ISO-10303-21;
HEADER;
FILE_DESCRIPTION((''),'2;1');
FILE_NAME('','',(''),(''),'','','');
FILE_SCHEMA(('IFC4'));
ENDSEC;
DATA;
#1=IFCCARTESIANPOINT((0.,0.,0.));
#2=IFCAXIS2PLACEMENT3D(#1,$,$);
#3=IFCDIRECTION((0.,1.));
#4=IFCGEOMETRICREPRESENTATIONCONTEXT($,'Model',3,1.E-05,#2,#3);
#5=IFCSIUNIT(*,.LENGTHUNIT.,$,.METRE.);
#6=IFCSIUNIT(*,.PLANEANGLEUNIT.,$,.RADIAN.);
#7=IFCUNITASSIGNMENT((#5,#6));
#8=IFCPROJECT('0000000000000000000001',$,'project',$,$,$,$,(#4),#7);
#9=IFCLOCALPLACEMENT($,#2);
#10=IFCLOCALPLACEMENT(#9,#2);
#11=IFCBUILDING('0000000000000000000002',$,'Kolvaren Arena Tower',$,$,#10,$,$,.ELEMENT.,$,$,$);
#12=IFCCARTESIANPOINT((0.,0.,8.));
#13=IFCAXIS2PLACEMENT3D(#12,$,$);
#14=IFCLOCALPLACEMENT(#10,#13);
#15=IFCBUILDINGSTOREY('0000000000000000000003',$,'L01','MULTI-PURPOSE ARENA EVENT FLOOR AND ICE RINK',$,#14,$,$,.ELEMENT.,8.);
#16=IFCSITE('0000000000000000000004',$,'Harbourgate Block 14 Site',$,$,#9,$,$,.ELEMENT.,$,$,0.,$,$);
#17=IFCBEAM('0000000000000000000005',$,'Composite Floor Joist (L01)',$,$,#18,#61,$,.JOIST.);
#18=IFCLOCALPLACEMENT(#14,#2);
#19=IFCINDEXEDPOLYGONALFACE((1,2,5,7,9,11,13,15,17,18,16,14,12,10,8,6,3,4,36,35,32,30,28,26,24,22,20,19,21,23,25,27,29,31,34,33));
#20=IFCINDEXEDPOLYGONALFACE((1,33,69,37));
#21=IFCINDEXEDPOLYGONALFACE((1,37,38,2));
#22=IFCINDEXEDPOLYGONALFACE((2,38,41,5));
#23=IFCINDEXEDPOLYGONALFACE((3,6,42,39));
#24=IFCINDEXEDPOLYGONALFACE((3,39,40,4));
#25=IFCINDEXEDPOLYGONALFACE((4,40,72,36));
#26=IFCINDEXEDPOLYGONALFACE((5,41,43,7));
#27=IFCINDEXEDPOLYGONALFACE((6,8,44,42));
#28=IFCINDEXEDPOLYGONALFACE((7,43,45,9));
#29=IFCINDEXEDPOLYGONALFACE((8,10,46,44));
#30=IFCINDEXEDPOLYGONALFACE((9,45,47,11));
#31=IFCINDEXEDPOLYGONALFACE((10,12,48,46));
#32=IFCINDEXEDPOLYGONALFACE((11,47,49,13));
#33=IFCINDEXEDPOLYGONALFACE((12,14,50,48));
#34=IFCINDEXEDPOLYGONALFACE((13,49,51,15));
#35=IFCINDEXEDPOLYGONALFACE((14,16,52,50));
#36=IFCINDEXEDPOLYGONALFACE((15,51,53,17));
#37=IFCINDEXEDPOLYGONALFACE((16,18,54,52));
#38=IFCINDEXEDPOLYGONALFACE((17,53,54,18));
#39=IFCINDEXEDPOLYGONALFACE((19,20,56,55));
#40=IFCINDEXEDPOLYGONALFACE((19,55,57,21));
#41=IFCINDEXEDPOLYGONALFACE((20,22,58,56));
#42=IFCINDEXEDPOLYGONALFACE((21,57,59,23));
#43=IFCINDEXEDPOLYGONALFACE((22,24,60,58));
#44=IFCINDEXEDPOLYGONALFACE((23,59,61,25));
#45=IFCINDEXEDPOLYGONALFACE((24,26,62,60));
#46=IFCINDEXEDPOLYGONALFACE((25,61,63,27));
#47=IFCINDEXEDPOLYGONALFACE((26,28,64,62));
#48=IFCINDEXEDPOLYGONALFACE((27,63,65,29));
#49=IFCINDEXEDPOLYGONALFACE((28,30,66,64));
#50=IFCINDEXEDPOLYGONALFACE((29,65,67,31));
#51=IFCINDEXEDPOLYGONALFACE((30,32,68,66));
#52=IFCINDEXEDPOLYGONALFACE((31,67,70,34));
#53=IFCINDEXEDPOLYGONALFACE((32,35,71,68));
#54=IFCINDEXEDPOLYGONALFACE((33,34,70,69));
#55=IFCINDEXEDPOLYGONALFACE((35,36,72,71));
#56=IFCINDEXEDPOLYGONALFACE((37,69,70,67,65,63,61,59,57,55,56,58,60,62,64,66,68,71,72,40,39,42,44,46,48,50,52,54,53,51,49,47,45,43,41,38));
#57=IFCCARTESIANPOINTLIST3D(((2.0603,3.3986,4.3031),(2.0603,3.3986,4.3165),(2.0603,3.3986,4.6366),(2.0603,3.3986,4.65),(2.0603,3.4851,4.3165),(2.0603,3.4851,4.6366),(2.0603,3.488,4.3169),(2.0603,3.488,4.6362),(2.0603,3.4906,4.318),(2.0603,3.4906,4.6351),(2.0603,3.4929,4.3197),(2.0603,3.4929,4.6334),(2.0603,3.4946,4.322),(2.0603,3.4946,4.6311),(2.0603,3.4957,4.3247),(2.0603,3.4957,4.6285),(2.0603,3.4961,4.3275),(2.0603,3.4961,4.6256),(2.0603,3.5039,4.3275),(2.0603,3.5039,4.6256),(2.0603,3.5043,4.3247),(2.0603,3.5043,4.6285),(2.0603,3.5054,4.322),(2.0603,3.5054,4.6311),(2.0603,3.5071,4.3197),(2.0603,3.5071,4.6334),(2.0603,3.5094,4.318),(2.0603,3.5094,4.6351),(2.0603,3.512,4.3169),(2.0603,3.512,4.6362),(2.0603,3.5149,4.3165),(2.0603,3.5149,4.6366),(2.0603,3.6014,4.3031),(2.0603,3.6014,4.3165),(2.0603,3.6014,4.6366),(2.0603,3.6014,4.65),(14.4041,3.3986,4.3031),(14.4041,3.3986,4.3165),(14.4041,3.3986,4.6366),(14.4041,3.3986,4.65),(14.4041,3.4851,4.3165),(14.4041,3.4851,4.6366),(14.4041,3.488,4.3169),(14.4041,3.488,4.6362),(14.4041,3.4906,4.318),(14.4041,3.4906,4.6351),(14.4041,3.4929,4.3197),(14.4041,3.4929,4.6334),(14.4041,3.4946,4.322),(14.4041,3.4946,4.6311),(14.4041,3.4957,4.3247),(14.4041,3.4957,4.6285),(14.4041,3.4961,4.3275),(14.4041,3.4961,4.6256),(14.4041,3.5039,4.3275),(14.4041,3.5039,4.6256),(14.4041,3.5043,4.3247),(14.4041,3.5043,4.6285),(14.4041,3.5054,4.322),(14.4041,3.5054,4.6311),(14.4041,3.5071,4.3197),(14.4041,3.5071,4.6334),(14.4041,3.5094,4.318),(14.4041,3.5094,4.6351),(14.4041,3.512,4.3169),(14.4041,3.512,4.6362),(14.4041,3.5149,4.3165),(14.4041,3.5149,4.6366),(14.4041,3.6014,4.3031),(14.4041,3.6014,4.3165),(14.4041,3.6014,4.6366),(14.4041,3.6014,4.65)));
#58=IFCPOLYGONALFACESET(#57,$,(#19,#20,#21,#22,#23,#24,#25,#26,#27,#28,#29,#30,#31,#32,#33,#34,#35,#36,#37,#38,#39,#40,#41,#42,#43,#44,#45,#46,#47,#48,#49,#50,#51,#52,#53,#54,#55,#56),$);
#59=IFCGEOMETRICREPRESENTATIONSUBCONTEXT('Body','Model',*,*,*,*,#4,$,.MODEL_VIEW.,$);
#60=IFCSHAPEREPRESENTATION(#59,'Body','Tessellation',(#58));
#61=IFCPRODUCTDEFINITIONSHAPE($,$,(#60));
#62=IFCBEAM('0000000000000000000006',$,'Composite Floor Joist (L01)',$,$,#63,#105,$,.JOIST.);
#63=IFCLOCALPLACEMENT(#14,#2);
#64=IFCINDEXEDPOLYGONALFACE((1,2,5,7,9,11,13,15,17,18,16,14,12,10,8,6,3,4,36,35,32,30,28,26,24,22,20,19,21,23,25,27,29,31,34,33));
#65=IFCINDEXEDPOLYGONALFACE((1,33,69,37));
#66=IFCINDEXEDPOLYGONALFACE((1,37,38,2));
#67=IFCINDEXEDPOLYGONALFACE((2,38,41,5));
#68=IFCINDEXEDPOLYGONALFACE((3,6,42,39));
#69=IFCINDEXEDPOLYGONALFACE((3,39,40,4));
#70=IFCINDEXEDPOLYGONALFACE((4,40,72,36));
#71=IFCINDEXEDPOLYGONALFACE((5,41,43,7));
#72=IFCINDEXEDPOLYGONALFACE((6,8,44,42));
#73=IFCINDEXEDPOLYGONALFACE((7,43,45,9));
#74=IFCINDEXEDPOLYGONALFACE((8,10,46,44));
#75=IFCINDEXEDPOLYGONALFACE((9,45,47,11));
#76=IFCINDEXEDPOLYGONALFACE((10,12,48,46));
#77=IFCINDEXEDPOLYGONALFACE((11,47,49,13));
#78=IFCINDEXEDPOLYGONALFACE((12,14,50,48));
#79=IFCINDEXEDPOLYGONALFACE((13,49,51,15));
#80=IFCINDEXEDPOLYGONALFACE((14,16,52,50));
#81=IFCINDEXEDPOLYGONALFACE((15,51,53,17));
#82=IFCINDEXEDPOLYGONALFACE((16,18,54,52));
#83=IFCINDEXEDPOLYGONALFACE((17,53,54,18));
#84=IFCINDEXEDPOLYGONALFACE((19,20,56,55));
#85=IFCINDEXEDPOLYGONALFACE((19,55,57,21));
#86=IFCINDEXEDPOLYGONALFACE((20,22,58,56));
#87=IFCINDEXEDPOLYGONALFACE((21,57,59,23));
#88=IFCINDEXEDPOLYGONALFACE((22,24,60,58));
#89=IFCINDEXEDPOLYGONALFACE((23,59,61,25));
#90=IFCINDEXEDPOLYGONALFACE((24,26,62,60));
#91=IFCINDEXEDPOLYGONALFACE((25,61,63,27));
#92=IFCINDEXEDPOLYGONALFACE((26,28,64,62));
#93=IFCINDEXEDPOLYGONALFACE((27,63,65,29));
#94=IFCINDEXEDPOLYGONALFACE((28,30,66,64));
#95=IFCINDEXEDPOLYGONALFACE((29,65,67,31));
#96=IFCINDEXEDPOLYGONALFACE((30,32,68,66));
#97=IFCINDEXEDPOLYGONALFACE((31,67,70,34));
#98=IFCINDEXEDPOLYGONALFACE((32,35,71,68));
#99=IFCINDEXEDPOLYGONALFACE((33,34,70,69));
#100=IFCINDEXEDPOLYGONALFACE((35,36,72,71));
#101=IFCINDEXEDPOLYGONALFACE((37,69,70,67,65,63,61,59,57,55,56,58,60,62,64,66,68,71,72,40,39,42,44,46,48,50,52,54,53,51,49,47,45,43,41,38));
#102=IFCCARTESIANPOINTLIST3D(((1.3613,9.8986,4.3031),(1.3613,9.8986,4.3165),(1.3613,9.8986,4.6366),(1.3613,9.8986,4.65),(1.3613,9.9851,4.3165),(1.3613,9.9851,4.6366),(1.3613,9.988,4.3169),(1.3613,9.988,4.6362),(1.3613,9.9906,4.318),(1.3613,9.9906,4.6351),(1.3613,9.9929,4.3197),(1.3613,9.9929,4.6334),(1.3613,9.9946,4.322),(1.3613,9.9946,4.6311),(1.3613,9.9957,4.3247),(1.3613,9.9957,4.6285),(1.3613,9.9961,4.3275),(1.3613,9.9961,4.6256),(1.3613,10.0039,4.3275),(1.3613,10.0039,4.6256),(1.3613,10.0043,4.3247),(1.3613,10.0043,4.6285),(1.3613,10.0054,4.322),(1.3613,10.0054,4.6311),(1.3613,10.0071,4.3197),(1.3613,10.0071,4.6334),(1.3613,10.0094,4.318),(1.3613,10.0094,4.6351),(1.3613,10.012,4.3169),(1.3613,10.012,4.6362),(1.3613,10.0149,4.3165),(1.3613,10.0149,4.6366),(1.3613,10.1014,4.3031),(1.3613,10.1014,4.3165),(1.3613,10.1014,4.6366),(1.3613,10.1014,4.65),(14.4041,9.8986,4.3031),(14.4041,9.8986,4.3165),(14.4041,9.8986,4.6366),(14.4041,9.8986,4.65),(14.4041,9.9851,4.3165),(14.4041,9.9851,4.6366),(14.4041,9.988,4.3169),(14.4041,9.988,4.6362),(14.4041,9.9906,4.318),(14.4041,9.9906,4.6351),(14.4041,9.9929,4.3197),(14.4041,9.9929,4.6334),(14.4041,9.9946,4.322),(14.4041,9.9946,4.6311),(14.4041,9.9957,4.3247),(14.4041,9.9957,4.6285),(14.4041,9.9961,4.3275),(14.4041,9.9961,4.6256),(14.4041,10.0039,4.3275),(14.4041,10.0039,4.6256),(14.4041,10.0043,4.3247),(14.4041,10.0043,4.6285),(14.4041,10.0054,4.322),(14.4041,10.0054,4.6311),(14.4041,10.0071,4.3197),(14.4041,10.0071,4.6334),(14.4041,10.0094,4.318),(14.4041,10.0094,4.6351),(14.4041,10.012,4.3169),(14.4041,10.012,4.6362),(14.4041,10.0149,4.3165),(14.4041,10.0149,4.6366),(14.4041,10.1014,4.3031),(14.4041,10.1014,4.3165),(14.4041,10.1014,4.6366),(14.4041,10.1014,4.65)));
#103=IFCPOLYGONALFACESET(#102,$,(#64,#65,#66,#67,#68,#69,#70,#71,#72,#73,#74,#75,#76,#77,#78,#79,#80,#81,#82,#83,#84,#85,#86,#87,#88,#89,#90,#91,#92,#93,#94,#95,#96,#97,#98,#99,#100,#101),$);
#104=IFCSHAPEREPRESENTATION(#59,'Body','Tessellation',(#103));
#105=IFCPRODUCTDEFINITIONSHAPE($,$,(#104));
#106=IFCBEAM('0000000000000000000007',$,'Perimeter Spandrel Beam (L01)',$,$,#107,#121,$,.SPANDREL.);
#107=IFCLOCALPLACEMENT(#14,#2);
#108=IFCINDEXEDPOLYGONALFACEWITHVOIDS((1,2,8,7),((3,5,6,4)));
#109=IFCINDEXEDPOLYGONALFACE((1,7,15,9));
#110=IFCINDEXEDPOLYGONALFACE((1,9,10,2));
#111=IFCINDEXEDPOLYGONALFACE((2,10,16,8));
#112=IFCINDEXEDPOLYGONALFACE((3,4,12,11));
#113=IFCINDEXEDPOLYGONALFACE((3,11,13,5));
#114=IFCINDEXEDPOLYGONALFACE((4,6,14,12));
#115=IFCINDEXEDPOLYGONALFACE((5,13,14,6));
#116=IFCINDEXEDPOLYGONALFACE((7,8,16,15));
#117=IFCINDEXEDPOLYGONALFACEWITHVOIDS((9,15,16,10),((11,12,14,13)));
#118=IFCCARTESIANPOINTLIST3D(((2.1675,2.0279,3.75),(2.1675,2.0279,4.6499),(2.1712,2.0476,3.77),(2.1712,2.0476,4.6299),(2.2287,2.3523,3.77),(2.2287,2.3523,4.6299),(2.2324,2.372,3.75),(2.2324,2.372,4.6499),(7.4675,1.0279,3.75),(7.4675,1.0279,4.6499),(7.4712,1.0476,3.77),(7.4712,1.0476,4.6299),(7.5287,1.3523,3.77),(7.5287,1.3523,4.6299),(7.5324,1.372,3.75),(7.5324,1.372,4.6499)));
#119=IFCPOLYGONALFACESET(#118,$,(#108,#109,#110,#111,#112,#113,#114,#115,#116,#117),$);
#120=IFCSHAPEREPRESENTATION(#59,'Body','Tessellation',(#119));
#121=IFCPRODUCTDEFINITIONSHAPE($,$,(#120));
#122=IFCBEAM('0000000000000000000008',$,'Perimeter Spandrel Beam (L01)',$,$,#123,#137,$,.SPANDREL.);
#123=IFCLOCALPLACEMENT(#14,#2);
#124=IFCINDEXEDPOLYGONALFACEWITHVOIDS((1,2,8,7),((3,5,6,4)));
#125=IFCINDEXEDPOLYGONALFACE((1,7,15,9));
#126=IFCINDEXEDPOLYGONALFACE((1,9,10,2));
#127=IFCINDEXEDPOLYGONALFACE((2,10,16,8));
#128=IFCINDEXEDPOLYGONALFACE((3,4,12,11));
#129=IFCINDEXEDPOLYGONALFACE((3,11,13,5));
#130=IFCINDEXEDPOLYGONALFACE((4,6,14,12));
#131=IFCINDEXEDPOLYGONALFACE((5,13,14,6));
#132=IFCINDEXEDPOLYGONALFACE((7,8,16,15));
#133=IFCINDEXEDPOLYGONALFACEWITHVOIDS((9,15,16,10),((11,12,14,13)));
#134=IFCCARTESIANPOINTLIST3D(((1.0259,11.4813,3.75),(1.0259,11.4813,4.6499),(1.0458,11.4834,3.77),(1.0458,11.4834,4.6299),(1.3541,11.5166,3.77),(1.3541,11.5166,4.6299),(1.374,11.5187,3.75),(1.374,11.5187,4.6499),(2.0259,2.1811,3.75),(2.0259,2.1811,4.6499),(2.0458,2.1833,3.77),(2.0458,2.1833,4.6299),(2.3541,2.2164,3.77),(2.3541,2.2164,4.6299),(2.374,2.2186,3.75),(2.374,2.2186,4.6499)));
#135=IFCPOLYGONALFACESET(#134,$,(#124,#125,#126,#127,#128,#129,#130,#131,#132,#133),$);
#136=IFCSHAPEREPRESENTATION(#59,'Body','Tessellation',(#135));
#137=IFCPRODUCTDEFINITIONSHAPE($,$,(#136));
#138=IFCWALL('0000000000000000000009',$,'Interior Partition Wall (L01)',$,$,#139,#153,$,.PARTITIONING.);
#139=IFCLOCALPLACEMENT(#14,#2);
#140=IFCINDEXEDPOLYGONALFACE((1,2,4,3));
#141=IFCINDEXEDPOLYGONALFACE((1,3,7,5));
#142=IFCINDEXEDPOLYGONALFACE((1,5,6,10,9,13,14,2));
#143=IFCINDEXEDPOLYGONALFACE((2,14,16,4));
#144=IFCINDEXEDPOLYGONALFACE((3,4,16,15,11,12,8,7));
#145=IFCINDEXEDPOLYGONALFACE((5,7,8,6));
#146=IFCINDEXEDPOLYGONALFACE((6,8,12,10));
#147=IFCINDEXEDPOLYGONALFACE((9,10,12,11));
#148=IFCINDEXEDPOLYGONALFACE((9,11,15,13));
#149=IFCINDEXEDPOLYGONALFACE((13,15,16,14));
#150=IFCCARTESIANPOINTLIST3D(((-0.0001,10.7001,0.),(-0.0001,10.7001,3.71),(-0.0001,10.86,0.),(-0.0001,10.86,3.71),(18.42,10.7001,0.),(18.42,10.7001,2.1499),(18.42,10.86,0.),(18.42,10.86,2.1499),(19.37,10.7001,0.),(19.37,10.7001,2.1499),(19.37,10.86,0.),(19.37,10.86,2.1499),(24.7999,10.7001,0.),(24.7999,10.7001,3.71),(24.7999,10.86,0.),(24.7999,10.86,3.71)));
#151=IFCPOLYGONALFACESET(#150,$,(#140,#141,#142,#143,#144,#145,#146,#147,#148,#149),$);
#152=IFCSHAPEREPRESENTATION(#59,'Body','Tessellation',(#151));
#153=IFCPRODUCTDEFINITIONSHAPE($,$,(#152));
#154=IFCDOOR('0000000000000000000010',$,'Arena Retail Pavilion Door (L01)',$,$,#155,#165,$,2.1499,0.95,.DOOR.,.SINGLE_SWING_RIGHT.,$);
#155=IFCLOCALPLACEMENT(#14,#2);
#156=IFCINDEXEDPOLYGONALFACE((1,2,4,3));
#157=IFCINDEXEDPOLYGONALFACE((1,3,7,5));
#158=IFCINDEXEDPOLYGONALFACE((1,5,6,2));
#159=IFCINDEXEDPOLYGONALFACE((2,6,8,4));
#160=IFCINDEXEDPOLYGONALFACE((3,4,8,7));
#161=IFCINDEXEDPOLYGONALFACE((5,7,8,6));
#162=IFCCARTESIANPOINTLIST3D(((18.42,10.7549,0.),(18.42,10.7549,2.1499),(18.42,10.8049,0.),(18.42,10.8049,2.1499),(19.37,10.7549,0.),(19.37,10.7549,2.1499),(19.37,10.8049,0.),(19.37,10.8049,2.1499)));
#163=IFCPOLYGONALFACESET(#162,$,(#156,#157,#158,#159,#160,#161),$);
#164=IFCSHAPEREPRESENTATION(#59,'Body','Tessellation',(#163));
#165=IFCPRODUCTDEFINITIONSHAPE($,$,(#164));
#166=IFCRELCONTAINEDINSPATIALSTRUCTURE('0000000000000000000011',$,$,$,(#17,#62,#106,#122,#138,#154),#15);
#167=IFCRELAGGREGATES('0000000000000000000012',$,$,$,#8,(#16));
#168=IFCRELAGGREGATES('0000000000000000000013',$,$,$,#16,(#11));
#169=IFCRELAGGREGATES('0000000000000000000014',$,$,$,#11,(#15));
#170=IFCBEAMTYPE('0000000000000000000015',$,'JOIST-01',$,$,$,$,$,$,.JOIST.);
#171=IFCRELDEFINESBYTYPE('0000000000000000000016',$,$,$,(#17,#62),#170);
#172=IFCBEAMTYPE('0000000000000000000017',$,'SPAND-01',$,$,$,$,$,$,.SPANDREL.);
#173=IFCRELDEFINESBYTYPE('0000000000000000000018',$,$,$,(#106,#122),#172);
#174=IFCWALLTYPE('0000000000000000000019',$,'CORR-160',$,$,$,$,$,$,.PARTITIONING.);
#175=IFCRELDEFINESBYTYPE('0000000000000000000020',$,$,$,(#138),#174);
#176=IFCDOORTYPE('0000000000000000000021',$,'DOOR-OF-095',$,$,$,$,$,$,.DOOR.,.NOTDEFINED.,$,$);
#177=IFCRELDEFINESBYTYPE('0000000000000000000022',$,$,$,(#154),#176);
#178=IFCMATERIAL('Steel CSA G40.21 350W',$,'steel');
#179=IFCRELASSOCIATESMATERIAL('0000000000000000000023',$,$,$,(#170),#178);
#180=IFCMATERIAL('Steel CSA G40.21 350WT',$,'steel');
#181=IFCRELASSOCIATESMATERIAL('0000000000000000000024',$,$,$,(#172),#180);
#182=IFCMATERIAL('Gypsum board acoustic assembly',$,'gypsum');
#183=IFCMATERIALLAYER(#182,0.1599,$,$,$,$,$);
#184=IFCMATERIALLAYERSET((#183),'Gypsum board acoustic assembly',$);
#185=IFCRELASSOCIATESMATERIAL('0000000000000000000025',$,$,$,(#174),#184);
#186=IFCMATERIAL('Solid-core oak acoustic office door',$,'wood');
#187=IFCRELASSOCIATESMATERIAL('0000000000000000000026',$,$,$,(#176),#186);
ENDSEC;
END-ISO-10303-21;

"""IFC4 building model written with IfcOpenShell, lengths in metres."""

from ifc_helpers import new_model, si_unit, direction, frame, frame_2d, origin, origin_2d, place, context, subcontext, project, spatial, rectangle, hollow_rectangle, i_section, extrude, material, layer, layer_set, material_profile, profile_set, type_object, element, fill, save


model = new_model("IFC4")

# Units and contexts
model_context = context("Model", 3, precision=1e-05, world=origin(), true_north=direction((0.0, 1.0)))
body_context = subcontext(model_context, "Body", "Model", "MODEL_VIEW")
ifc_project = project(units=[si_unit("LENGTHUNIT", "METRE"), si_unit("PLANEANGLEUNIT", "RADIAN")], contexts=[model_context])

# Site, building, storey
site_placement = place(None, origin())
site = spatial("IfcSite", under=ifc_project, at=site_placement, Name="Harbourgate Block 14 Site", CompositionType="ELEMENT", RefElevation=0.0)
building_placement = place(site_placement, origin())
building = spatial("IfcBuilding", under=site, at=building_placement, Name="Kolvaren Arena Tower", CompositionType="ELEMENT")
storey_placement = place(building_placement, frame((0.0, 0.0, 8.0)))
storey = spatial("IfcBuildingStorey", under=building, at=storey_placement, Name="L01", Description="MULTI-PURPOSE ARENA EVENT FLOOR AND ICE RINK", CompositionType="ELEMENT", Elevation=8.0)

# Beams
ifc_material_1 = material(Name="Steel CSA G40.21 350W", Category="steel")
ifc_material_profile_1 = material_profile(ifc_material_1, i_section(OverallWidth=0.2029, OverallDepth=0.3469, WebThickness=0.0078, FlangeThickness=0.0134, FilletRadius=0.011, at=origin_2d()), Name="W360x64")
ifc_profile_set_1 = profile_set([ifc_material_profile_1], Name="Steel CSA G40.21 350W")
beam_type_1 = type_object("IfcBeamType", Name="JOIST-01", PredefinedType="JOIST", material=ifc_profile_set_1)
beam_1_placement = place(storey_placement, frame((2.0603, 3.5, 4.4766), z_axis=(1.0, 0.0, 0.0), x_axis=(0.0, 1.0, 0.0)))
element("IfcBeam", 1, at=beam_1_placement, inside=storey, type_object=beam_type_1, Name="Composite Floor Joist (L01)", PredefinedType="JOIST", context=body_context, shape_type="SweptSolid", body=[
    extrude(i_section(OverallWidth=0.2029, OverallDepth=0.3469, WebThickness=0.0078, FlangeThickness=0.0134, FilletRadius=0.011, at=origin_2d()), origin(), (0.0, 0.0, 1.0), 12.3438),
])
beam_2_placement = place(storey_placement, frame((1.3613, 10.0, 4.4766), z_axis=(1.0, 0.0, 0.0), x_axis=(0.0, 1.0, 0.0)))
element("IfcBeam", 2, at=beam_2_placement, inside=storey, type_object=beam_type_1, Name="Composite Floor Joist (L01)", PredefinedType="JOIST", context=body_context, shape_type="SweptSolid", body=[
    extrude(i_section(OverallWidth=0.2029, OverallDepth=0.3469, WebThickness=0.0078, FlangeThickness=0.0134, FilletRadius=0.011, at=origin_2d()), origin(), (0.0, 0.0, 1.0), 13.0427),
])
ifc_material_2 = material(Name="Steel CSA G40.21 350WT", Category="steel")
ifc_material_profile_2 = material_profile(ifc_material_2, hollow_rectangle(XDim=0.3501, YDim=0.8999, WallThickness=0.02, at=origin_2d()), Name="HSS 900x350x20")
ifc_profile_set_2 = profile_set([ifc_material_profile_2], Name="Steel CSA G40.21 350WT")
beam_type_2 = type_object("IfcBeamType", Name="SPAND-01", PredefinedType="SPANDREL", material=ifc_profile_set_2)
beam_3_placement = place(storey_placement, frame((2.2, 2.2, 4.2), z_axis=(0.982662, -0.185406, 0.0), x_axis=(0.185406, 0.982662, 0.0)))
element("IfcBeam", 3, at=beam_3_placement, inside=storey, type_object=beam_type_2, Name="Perimeter Spandrel Beam (L01)", PredefinedType="SPANDREL", context=body_context, shape_type="SweptSolid", body=[
    extrude(hollow_rectangle(XDim=0.3501, YDim=0.8999, WallThickness=0.02, at=origin_2d()), origin(), (0.0, 0.0, 1.0), 5.3936),
])
beam_4_placement = place(storey_placement, frame((1.2, 11.5, 4.2), z_axis=(0.10691, -0.994269, 0.0), x_axis=(0.994269, 0.10691, 0.0)))
element("IfcBeam", 4, at=beam_4_placement, inside=storey, type_object=beam_type_2, Name="Perimeter Spandrel Beam (L01)", PredefinedType="SPANDREL", context=body_context, shape_type="SweptSolid", body=[
    extrude(hollow_rectangle(XDim=0.3501, YDim=0.8999, WallThickness=0.02, at=origin_2d()), origin(), (0.0, 0.0, 1.0), 9.3538),
])

# Wall, opening, door
ifc_material_3 = material(Name="Gypsum board acoustic assembly", Category="gypsum")
ifc_layer_1 = layer(ifc_material_3, 0.1599)
ifc_layer_set_1 = layer_set([ifc_layer_1], Name="Gypsum board acoustic assembly")
wall_type_1 = type_object("IfcWallType", Name="CORR-160", PredefinedType="PARTITIONING", material=ifc_layer_set_1)
wall_1_placement = place(storey_placement, frame((0.0, 10.78, 0.0), z_axis=(0.0, 0.0, 1.0), x_axis=(1.0, 0.0, 0.0)))
wall_1 = element("IfcWall", 5, at=wall_1_placement, inside=storey, type_object=wall_type_1, Name="Interior Partition Wall (L01)", PredefinedType="PARTITIONING", context=body_context, shape_type="SweptSolid", body=[
    extrude(rectangle(XDim=24.8, YDim=0.1599, at=frame_2d((12.3999, 0.0))), origin(), (0.0, 0.0, 1.0), 3.71),
])
opening_1_placement = place(wall_1_placement, frame((18.4199, 0.0, 0.0)))
opening_1 = element("IfcOpeningElement", 6, at=opening_1_placement, cuts=wall_1, PredefinedType="OPENING", context=body_context, shape_type="SweptSolid", body=[
    extrude(rectangle(XDim=0.95, YDim=2.1499, at=frame_2d((0.4751, 1.075))), frame((0.0, 0.0898, 0.0), z_axis=(0.0, -1.0, 0.0), x_axis=(1.0, 0.0, 0.0)), (0.0, 0.0, 1.0), 0.1799),
])
ifc_material_4 = material(Name="Solid-core oak acoustic office door", Category="wood")
door_type = type_object("IfcDoorType", Name="DOOR-OF-095", OperationType="NOTDEFINED", PredefinedType="DOOR", material=ifc_material_4)
door_placement = place(opening_1_placement, origin())
door = element("IfcDoor", 7, at=door_placement, inside=storey, type_object=door_type, Name="Arena Retail Pavilion Door (L01)", OperationType="SINGLE_SWING_RIGHT", OverallHeight=2.1499, OverallWidth=0.95, PredefinedType="DOOR", context=body_context, shape_type="SweptSolid", body=[
    extrude(rectangle(XDim=0.95, YDim=2.1499, at=frame_2d((0.4751, 1.075))), frame((0.0, 0.0249, 0.0), z_axis=(0.0, -1.0, 0.0), x_axis=(1.0, 0.0, 0.0)), (0.0, 0.0, 1.0), 0.05),
])
fill(opening_1, door)

save(model, "model.ifc")
